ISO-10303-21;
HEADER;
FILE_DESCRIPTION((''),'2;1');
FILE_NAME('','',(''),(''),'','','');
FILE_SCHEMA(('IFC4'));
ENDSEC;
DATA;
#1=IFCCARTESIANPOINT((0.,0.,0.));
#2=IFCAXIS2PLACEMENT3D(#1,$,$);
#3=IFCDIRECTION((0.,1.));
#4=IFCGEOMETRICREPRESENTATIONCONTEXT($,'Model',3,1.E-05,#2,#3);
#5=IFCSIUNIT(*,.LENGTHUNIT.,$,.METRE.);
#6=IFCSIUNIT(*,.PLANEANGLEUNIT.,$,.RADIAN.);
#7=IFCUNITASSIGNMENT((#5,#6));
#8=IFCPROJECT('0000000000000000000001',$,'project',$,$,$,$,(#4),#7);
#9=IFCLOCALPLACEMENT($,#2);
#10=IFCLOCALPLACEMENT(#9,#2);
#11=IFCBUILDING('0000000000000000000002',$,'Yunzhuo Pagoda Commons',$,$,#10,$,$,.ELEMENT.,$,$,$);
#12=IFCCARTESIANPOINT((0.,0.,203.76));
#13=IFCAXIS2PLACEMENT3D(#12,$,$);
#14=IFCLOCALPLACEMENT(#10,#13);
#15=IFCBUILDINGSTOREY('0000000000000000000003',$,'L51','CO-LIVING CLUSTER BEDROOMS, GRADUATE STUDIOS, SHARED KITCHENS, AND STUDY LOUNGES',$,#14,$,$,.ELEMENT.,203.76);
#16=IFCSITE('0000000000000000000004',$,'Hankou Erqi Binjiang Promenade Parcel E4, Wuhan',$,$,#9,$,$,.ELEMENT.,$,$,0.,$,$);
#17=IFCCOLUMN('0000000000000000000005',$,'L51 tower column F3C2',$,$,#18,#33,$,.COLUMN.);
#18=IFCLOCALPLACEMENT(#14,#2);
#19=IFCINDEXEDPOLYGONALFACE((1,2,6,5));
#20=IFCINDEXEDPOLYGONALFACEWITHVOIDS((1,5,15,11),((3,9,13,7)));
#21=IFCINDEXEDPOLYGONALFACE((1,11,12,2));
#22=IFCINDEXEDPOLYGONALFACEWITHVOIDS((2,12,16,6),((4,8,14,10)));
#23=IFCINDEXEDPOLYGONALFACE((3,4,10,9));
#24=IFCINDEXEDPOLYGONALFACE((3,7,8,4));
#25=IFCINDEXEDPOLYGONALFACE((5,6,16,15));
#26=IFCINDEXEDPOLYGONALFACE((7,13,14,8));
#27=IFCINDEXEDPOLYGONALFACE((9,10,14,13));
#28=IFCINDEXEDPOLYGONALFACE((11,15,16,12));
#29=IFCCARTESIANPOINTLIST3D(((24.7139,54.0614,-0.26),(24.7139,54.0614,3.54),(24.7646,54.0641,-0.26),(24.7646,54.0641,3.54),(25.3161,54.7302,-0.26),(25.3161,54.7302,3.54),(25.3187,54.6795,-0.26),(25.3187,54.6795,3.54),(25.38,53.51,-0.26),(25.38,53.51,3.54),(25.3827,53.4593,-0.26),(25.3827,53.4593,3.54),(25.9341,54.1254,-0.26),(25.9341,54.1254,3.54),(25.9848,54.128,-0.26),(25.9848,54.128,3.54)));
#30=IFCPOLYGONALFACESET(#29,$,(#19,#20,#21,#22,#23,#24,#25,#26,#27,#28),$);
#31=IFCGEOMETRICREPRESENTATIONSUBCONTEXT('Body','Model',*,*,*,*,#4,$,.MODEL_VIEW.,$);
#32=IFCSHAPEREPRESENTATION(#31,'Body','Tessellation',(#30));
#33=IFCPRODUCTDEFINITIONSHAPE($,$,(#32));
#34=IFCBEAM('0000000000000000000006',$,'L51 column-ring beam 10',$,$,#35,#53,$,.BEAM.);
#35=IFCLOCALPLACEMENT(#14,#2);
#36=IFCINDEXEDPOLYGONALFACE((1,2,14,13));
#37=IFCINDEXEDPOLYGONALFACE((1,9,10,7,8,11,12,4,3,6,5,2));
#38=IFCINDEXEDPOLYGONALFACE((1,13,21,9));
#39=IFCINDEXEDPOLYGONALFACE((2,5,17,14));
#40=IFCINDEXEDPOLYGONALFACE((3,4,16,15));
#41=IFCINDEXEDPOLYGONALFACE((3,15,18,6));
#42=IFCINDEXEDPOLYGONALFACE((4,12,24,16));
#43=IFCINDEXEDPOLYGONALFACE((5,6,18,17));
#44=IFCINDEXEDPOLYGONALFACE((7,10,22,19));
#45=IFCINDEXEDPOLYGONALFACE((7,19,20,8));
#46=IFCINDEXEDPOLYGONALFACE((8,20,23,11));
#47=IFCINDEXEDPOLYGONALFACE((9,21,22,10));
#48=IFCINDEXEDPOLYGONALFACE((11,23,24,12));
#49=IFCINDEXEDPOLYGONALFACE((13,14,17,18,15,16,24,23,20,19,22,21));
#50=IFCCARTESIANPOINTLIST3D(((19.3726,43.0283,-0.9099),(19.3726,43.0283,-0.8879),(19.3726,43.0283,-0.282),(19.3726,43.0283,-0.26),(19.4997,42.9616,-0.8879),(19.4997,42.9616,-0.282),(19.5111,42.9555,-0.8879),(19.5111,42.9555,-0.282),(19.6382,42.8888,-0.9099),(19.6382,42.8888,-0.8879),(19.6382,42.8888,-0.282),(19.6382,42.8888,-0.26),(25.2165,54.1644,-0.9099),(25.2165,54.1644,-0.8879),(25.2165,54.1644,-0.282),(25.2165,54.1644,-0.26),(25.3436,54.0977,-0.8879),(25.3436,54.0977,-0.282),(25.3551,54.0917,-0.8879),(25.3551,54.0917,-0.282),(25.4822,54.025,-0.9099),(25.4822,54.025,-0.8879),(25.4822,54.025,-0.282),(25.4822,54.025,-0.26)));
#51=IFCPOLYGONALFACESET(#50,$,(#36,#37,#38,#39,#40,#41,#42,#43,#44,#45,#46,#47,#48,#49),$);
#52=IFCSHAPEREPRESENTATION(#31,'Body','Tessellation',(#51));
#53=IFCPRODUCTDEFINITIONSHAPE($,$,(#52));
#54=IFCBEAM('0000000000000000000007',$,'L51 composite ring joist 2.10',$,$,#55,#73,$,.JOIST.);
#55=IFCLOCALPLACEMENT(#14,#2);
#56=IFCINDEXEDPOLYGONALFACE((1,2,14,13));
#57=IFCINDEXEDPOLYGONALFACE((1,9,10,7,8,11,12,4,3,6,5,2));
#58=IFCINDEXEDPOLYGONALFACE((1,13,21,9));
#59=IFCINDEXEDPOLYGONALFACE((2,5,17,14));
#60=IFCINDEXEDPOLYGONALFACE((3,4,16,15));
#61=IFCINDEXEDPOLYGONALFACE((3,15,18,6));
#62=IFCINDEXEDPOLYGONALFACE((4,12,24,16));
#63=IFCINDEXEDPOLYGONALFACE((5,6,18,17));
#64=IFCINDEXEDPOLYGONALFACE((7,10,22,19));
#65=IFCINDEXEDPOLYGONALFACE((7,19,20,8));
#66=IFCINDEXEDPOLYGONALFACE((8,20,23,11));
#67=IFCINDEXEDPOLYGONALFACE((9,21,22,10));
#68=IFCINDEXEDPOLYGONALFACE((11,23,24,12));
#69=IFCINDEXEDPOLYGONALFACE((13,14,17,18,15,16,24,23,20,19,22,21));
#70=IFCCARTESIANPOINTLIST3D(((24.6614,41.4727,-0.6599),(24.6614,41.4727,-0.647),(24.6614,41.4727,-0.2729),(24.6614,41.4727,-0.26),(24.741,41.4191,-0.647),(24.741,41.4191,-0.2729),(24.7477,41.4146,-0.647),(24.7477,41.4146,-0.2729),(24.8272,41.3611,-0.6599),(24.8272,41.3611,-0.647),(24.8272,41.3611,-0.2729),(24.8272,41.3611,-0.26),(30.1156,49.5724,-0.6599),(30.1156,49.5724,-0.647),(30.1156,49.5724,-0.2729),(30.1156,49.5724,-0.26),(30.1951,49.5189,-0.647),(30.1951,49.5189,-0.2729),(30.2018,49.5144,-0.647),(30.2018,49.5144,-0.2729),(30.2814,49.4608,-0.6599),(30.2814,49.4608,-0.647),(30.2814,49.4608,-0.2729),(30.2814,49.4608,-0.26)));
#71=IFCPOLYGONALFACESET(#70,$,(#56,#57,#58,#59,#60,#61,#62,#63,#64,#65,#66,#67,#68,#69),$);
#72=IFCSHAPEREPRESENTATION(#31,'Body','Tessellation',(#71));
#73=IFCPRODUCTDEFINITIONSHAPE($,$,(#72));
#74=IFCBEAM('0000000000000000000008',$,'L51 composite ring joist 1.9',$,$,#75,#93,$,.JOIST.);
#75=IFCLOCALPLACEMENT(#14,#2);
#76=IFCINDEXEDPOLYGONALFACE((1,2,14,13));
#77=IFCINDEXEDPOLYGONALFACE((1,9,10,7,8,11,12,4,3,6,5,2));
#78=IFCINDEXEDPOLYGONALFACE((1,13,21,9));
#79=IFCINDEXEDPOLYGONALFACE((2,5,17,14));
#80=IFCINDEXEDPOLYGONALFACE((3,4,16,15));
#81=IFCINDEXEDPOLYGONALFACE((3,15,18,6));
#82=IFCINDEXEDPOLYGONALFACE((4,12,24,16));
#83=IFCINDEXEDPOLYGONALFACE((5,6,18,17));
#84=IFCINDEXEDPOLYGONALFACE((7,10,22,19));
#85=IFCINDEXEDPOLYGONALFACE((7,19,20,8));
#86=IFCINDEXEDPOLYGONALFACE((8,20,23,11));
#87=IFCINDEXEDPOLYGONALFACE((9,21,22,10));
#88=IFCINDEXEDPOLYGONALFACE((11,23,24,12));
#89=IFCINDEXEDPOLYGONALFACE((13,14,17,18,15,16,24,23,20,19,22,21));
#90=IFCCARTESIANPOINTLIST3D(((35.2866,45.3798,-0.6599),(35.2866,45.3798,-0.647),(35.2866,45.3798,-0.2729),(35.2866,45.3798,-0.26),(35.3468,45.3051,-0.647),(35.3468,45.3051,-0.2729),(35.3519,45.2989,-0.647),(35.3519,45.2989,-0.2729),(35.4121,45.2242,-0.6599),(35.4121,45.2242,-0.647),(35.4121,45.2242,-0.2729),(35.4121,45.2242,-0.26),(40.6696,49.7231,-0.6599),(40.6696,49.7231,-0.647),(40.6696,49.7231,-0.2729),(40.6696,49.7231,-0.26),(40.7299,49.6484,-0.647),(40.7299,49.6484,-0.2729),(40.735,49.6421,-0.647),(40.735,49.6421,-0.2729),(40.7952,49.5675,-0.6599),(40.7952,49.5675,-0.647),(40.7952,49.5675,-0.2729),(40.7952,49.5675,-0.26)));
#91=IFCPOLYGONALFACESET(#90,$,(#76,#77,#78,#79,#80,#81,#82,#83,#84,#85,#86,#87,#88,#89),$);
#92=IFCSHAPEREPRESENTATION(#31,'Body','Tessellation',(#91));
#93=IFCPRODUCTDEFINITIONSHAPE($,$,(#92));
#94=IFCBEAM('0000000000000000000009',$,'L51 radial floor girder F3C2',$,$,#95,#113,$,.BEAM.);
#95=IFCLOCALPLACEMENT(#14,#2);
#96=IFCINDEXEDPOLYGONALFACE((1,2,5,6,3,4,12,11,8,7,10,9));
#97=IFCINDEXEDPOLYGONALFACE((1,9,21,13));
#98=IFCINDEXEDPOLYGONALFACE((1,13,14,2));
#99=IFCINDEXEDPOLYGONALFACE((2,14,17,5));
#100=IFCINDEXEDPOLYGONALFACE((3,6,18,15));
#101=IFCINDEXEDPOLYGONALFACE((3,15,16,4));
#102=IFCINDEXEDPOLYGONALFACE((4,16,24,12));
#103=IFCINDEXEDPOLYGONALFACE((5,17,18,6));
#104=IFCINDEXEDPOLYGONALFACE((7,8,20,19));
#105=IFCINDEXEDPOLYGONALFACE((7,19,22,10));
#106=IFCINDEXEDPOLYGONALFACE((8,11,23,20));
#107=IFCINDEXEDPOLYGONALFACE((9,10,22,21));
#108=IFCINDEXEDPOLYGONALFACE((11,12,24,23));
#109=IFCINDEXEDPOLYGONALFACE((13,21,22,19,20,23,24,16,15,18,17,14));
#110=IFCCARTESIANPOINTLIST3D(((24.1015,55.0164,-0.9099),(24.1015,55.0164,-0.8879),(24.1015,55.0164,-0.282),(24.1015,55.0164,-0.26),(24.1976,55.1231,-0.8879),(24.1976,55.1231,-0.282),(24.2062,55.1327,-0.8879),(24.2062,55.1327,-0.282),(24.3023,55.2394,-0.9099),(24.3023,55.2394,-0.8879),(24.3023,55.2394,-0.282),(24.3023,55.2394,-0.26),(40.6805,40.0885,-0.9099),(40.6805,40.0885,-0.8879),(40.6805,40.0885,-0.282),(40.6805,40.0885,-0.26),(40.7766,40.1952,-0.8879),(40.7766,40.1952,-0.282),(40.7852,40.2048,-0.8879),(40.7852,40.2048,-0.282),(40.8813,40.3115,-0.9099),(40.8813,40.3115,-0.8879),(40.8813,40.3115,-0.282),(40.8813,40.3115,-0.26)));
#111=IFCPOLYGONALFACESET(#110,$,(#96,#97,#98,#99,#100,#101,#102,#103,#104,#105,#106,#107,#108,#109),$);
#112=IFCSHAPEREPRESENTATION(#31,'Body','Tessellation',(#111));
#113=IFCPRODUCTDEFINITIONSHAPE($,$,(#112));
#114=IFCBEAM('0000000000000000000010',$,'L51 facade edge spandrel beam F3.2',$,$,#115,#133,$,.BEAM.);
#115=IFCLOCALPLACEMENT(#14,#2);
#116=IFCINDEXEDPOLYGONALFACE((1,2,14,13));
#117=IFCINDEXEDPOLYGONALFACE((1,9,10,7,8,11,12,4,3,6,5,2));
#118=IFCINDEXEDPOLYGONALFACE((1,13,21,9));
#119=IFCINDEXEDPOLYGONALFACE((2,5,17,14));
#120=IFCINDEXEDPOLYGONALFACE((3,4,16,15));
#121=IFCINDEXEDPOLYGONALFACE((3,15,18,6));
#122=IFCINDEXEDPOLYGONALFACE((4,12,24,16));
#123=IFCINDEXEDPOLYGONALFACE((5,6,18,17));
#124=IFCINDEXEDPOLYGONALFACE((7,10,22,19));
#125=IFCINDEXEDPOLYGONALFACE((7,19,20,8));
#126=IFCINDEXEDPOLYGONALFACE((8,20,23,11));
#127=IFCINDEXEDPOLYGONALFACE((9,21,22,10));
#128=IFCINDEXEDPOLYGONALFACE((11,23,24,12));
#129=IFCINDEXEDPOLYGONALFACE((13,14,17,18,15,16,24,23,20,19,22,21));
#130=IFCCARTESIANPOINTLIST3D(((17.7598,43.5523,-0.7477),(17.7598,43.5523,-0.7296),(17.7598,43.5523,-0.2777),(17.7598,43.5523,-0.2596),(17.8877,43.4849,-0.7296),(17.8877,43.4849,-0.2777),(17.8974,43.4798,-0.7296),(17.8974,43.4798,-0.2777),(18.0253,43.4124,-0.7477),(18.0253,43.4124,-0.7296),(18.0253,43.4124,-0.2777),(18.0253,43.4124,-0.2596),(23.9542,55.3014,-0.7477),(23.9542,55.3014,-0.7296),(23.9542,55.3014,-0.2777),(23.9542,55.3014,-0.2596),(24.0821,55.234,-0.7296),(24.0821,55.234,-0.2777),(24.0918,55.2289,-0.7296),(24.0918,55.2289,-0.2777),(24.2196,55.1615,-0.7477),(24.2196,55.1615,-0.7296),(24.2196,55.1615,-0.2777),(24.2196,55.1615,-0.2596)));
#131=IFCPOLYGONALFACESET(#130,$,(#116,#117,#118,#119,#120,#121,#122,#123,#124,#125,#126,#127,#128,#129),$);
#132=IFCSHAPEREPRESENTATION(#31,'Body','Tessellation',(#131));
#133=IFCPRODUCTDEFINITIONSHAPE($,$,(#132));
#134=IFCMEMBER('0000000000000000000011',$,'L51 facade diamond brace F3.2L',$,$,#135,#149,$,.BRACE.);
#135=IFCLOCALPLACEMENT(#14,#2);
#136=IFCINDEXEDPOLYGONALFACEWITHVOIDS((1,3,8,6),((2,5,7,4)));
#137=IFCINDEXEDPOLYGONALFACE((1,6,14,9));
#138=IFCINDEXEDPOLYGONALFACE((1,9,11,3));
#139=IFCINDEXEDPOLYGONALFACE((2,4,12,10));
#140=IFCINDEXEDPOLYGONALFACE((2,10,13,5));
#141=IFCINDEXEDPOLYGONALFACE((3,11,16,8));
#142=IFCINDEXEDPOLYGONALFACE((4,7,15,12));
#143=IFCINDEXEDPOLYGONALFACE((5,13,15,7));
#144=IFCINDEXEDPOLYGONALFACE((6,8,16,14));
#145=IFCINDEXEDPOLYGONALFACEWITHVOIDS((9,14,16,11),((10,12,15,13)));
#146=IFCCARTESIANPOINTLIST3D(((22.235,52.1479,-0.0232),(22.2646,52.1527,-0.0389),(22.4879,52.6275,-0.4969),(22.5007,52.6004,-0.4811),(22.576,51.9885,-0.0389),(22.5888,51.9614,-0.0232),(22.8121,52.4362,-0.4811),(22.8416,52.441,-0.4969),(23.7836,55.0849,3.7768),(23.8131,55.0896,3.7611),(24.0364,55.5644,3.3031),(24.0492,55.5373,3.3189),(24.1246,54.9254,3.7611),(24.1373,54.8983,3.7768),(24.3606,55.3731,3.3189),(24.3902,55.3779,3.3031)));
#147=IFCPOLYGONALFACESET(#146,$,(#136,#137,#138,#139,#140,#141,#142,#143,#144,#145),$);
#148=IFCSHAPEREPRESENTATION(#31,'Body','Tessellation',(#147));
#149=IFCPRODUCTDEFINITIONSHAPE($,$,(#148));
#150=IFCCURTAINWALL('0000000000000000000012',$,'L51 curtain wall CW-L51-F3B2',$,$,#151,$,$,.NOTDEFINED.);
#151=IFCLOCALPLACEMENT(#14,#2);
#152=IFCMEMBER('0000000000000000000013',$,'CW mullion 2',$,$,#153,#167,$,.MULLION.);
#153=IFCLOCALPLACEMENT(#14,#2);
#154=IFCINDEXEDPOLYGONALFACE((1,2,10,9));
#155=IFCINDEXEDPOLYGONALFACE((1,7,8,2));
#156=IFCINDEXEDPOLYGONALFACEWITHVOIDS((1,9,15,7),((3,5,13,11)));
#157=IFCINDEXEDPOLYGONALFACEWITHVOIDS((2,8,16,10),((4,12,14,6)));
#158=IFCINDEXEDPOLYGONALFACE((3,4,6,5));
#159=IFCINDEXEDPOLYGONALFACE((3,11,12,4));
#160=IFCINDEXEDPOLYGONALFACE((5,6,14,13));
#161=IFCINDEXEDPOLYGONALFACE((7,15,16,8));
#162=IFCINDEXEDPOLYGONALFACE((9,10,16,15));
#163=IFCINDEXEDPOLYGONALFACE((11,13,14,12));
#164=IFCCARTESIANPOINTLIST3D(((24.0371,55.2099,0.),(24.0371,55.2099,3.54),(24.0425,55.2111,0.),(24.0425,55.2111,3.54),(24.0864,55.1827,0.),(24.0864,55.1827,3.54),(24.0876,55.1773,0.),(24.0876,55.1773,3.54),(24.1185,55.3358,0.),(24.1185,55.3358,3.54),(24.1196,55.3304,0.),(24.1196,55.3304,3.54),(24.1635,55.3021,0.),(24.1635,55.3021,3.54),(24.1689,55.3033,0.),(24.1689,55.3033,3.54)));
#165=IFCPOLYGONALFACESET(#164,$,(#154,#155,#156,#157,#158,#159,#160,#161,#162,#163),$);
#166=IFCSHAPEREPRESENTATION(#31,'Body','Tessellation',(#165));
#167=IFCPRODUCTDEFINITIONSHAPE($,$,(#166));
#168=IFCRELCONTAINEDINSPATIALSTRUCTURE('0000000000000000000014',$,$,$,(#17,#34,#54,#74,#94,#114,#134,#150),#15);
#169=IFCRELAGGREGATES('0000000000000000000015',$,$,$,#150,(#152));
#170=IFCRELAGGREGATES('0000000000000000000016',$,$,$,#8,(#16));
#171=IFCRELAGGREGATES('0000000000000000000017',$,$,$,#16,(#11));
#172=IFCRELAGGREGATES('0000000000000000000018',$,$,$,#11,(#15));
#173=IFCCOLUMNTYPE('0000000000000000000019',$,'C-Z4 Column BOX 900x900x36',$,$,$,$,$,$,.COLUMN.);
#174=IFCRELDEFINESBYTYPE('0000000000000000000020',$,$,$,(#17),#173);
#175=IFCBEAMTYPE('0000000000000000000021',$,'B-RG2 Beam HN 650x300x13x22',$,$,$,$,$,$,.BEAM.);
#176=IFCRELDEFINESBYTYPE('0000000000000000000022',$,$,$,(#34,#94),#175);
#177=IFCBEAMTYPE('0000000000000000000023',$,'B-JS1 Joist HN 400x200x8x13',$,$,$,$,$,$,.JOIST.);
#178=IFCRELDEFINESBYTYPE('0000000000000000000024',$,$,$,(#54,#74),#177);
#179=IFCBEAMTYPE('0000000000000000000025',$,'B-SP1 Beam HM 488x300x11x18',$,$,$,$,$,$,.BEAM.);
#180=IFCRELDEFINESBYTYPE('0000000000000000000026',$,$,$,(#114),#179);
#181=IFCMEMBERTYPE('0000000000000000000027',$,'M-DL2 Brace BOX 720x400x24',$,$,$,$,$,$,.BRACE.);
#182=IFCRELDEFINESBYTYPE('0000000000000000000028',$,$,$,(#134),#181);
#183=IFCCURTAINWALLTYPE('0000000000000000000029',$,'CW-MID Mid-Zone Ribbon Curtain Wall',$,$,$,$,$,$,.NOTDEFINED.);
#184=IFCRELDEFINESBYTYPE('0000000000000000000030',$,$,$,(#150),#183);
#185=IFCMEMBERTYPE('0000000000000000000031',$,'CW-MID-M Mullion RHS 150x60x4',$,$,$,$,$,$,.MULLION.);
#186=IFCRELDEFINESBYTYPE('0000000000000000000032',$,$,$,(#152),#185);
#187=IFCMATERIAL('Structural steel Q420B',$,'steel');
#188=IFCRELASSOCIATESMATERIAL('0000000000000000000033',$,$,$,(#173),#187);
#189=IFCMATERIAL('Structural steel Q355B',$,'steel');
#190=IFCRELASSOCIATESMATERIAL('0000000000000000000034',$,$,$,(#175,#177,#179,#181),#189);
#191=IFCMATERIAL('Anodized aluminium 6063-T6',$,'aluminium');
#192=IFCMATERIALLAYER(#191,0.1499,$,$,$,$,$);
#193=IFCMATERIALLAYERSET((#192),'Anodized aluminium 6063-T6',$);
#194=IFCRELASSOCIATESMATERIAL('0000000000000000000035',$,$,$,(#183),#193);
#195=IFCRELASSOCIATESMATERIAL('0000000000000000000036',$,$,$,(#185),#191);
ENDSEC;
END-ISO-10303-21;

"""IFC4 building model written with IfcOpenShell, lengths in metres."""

from ifc_helpers import new_model, si_unit, direction, frame, origin, origin_2d, place, context, subcontext, project, spatial, hollow_rectangle, i_section, extrude, source, transform, mapped, material, layer, layer_set, material_profile, profile_set, type_object, element, aggregate, save


model = new_model("IFC4")

# Units and contexts
model_context = context("Model", 3, precision=1e-05, world=origin(), true_north=direction((0.0, 1.0)))
body_context = subcontext(model_context, "Body", "Model", "MODEL_VIEW")
ifc_project = project(units=[si_unit("LENGTHUNIT", "METRE"), si_unit("PLANEANGLEUNIT", "RADIAN")], contexts=[model_context])

# Site, building, storey
site_placement = place(None, origin())
site = spatial("IfcSite", under=ifc_project, at=site_placement, Name="Hankou Erqi Binjiang Promenade Parcel E4, Wuhan", CompositionType="ELEMENT", RefElevation=0.0)
building_placement = place(site_placement, origin())
building = spatial("IfcBuilding", under=site, at=building_placement, Name="Yunzhuo Pagoda Commons", CompositionType="ELEMENT")
storey_placement = place(building_placement, frame((0.0, 0.0, 203.76)))
storey = spatial("IfcBuildingStorey", under=building, at=storey_placement, Name="L51", Description="CO-LIVING CLUSTER BEDROOMS, GRADUATE STUDIOS, SHARED KITCHENS, AND STUDY LOUNGES", CompositionType="ELEMENT", Elevation=203.76)

# Column
ifc_material_1 = material(Name="Structural steel Q420B", Category="steel")
ifc_material_profile_1 = material_profile(ifc_material_1, hollow_rectangle(XDim=0.8999, YDim=0.8999, WallThickness=0.0359, at=origin_2d()), Name="Structural steel Q420B")
ifc_profile_set_1 = profile_set([ifc_material_profile_1], Name="Structural steel Q420B")
column_type = type_object("IfcColumnType", Name="C-Z4 Column BOX 900x900x36", PredefinedType="COLUMN", material=ifc_profile_set_1)
shared_shape_1 = source(origin(), body_context, "Body", "SweptSolid", [
    extrude(hollow_rectangle(XDim=0.8999, YDim=0.8999, WallThickness=0.0359, at=origin_2d()), origin(), (0.0, 0.0, 1.0), 3.8),
])
column_placement = place(storey_placement, frame((25.3494, 54.0947, -0.26), z_axis=(0.0, 0.0, 1.0), x_axis=(-0.669131, -0.743145, 0.0)))
element("IfcColumn", 1, at=column_placement, inside=storey, type_object=column_type, Name="L51 tower column F3C2", PredefinedType="COLUMN", context=body_context, shape_type="MappedRepresentation", body=[
    mapped(shared_shape_1, transform((0.0, 0.0, 0.0), scale=1.0)),
])

# Beams
ifc_material_2 = material(Name="Structural steel Q355B", Category="steel")
ifc_material_profile_2 = material_profile(ifc_material_2, i_section(OverallWidth=0.3, OverallDepth=0.6499, WebThickness=0.0129, FlangeThickness=0.022, at=origin_2d()), Name="Structural steel Q355B")
ifc_profile_set_2 = profile_set([ifc_material_profile_2], Name="Structural steel Q355B")
beam_type_1 = type_object("IfcBeamType", Name="B-RG2 Beam HN 650x300x13x22", PredefinedType="BEAM", material=ifc_profile_set_2)
shared_shape_2 = source(origin(), body_context, "Body", "SweptSolid", [
    extrude(i_section(OverallWidth=0.3, OverallDepth=0.6499, WebThickness=0.0129, FlangeThickness=0.022, at=origin_2d()), origin(), (0.0, 0.0, 1.0), 12.5764),
])
beam_1_placement = place(storey_placement, frame((25.3494, 54.0947, -0.585), z_axis=(-0.464676, -0.885481, 0.0), x_axis=(0.885481, -0.464676, 0.0)))
element("IfcBeam", 2, at=beam_1_placement, inside=storey, type_object=beam_type_1, Name="L51 column-ring beam 10", PredefinedType="BEAM", context=body_context, shape_type="MappedRepresentation", body=[
    mapped(shared_shape_2, transform((0.0, 0.0, 0.0), scale=1.0)),
])
ifc_material_profile_3 = material_profile(ifc_material_2, i_section(OverallWidth=0.2, OverallDepth=0.3999, WebThickness=0.0081, FlangeThickness=0.0129, at=origin_2d()), Name="Structural steel Q355B")
ifc_profile_set_3 = profile_set([ifc_material_profile_3], Name="Structural steel Q355B")
beam_type_2 = type_object("IfcBeamType", Name="B-JS1 Joist HN 400x200x8x13", PredefinedType="JOIST", material=ifc_profile_set_3)
shared_shape_3 = source(origin(), body_context, "Body", "SweptSolid", [
    extrude(i_section(OverallWidth=0.2, OverallDepth=0.3999, WebThickness=0.0081, FlangeThickness=0.0129, at=origin_2d()), origin(), (0.0, 0.0, 1.0), 9.7649),
])
beam_2_placement = place(storey_placement, frame((30.1985, 49.5166, -0.46), z_axis=(-0.558548, -0.829472, 0.0), x_axis=(0.829472, -0.558548, 0.0)))
element("IfcBeam", 3, at=beam_2_placement, inside=storey, type_object=beam_type_2, Name="L51 composite ring joist 2.10", PredefinedType="JOIST", context=body_context, shape_type="MappedRepresentation", body=[
    mapped(shared_shape_3, transform((0.0, 0.0, 0.0), scale=1.0)),
])
shared_shape_4 = source(origin(), body_context, "Body", "SweptSolid", [
    extrude(i_section(OverallWidth=0.2, OverallDepth=0.3999, WebThickness=0.0081, FlangeThickness=0.0129, at=origin_2d()), origin(), (0.0, 0.0, 1.0), 6.9167),
])
beam_3_placement = place(storey_placement, frame((40.7324, 49.6453, -0.46), z_axis=(-0.778266, -0.627935, 0.0), x_axis=(0.627935, -0.778266, 0.0)))
element("IfcBeam", 4, at=beam_3_placement, inside=storey, type_object=beam_type_2, Name="L51 composite ring joist 1.9", PredefinedType="JOIST", context=body_context, shape_type="MappedRepresentation", body=[
    mapped(shared_shape_4, transform((0.0, 0.0, 0.0), scale=1.0)),
])
shared_shape_5 = source(origin(), body_context, "Body", "SweptSolid", [
    extrude(i_section(OverallWidth=0.3, OverallDepth=0.6499, WebThickness=0.0129, FlangeThickness=0.022, at=origin_2d()), origin(), (0.0, 0.0, 1.0), 22.3093),
])
beam_4_placement = place(storey_placement, frame((24.2019, 55.1279, -0.585), z_axis=(0.743143, -0.669133, 0.0), x_axis=(0.669133, 0.743143, 0.0)))
element("IfcBeam", 5, at=beam_4_placement, inside=storey, type_object=beam_type_1, Name="L51 radial floor girder F3C2", PredefinedType="BEAM", context=body_context, shape_type="MappedRepresentation", body=[
    mapped(shared_shape_5, transform((0.0, 0.0, 0.0), scale=1.0)),
])
ifc_material_profile_4 = material_profile(ifc_material_2, i_section(OverallWidth=0.3, OverallDepth=0.488, WebThickness=0.011, FlangeThickness=0.0181, at=origin_2d()), Name="Structural steel Q355B")
ifc_profile_set_4 = profile_set([ifc_material_profile_4], Name="Structural steel Q355B")
beam_type_3 = type_object("IfcBeamType", Name="B-SP1 Beam HM 488x300x11x18", PredefinedType="BEAM", material=ifc_profile_set_4)
shared_shape_6 = source(origin(), body_context, "Body", "SweptSolid", [
    extrude(i_section(OverallWidth=0.3, OverallDepth=0.488, WebThickness=0.011, FlangeThickness=0.0181, at=origin_2d()), origin(), (0.0, 0.0, 1.0), 13.282),
])
beam_5_placement = place(storey_placement, frame((24.0869, 55.2314, -0.5037), z_axis=(-0.466374, -0.884588, 0.0), x_axis=(0.884588, -0.466374, 0.0)))
element("IfcBeam", 6, at=beam_5_placement, inside=storey, type_object=beam_type_3, Name="L51 facade edge spandrel beam F3.2", PredefinedType="BEAM", context=body_context, shape_type="MappedRepresentation", body=[
    mapped(shared_shape_6, transform((0.0, 0.0, 0.0), scale=1.0)),
])

# Member
ifc_material_profile_5 = material_profile(ifc_material_2, hollow_rectangle(XDim=0.3999, YDim=0.72, WallThickness=0.0239, at=origin_2d()), Name="Structural steel Q355B")
ifc_profile_set_5 = profile_set([ifc_material_profile_5], Name="Structural steel Q355B")
member_type_1 = type_object("IfcMemberType", Name="M-DL2 Brace BOX 720x400x24", PredefinedType="BRACE", material=ifc_profile_set_5)
shared_shape_7 = source(origin(), body_context, "Body", "SweptSolid", [
    extrude(hollow_rectangle(XDim=0.3999, YDim=0.72, WallThickness=0.0239, at=origin_2d()), origin(), (0.0, 0.0, 1.0), 5.0461),
])
member_1_placement = place(storey_placement, frame((22.5383, 52.2944, -0.26), z_axis=(0.306879, 0.58202, 0.753046), x_axis=(-0.884572, 0.466404, 0.0)))
element("IfcMember", 7, at=member_1_placement, inside=storey, type_object=member_type_1, Name="L51 facade diamond brace F3.2L", PredefinedType="BRACE", context=body_context, shape_type="MappedRepresentation", body=[
    mapped(shared_shape_7, transform((0.0, 0.0, 0.0), scale=1.0)),
])

# Curtain wall, member
ifc_material_3 = material(Name="Anodized aluminium 6063-T6", Category="aluminium")
ifc_layer_1 = layer(ifc_material_3, 0.1499)
ifc_layer_set_1 = layer_set([ifc_layer_1], Name="Anodized aluminium 6063-T6")
curtain_wall_type = type_object("IfcCurtainWallType", Name="CW-MID Mid-Zone Ribbon Curtain Wall", PredefinedType="NOTDEFINED", material=ifc_layer_set_1)
curtain_wall_1_placement = place(storey_placement, origin())
curtain_wall_1 = element("IfcCurtainWall", 8, at=curtain_wall_1_placement, inside=storey, type_object=curtain_wall_type, Name="L51 curtain wall CW-L51-F3B2", PredefinedType="NOTDEFINED")
ifc_material_profile_6 = material_profile(ifc_material_3, hollow_rectangle(XDim=0.0601, YDim=0.1499, WallThickness=0.0039, at=origin_2d()), Name="Anodized aluminium 6063-T6")
ifc_profile_set_6 = profile_set([ifc_material_profile_6], Name="Anodized aluminium 6063-T6")
member_type_2 = type_object("IfcMemberType", Name="CW-MID-M Mullion RHS 150x60x4", PredefinedType="MULLION", material=ifc_profile_set_6)
shared_shape_8 = source(origin(), body_context, "Body", "SweptSolid", [
    extrude(hollow_rectangle(XDim=0.0601, YDim=0.1499, WallThickness=0.0039, at=origin_2d()), origin(), (0.0, 0.0, 1.0), 3.54),
])
member_2_placement = place(storey_placement, frame((24.103, 55.2566, 0.0), z_axis=(0.0, 0.0, 1.0), x_axis=(0.839965, -0.54264, 0.0)))
member_2 = element("IfcMember", 9, at=member_2_placement, type_object=member_type_2, Name="CW mullion 2", PredefinedType="MULLION", context=body_context, shape_type="MappedRepresentation", body=[
    mapped(shared_shape_8, transform((0.0, 0.0, 0.0), scale=1.0)),
])
aggregate(curtain_wall_1, [member_2])

save(model, "model.ifc")
